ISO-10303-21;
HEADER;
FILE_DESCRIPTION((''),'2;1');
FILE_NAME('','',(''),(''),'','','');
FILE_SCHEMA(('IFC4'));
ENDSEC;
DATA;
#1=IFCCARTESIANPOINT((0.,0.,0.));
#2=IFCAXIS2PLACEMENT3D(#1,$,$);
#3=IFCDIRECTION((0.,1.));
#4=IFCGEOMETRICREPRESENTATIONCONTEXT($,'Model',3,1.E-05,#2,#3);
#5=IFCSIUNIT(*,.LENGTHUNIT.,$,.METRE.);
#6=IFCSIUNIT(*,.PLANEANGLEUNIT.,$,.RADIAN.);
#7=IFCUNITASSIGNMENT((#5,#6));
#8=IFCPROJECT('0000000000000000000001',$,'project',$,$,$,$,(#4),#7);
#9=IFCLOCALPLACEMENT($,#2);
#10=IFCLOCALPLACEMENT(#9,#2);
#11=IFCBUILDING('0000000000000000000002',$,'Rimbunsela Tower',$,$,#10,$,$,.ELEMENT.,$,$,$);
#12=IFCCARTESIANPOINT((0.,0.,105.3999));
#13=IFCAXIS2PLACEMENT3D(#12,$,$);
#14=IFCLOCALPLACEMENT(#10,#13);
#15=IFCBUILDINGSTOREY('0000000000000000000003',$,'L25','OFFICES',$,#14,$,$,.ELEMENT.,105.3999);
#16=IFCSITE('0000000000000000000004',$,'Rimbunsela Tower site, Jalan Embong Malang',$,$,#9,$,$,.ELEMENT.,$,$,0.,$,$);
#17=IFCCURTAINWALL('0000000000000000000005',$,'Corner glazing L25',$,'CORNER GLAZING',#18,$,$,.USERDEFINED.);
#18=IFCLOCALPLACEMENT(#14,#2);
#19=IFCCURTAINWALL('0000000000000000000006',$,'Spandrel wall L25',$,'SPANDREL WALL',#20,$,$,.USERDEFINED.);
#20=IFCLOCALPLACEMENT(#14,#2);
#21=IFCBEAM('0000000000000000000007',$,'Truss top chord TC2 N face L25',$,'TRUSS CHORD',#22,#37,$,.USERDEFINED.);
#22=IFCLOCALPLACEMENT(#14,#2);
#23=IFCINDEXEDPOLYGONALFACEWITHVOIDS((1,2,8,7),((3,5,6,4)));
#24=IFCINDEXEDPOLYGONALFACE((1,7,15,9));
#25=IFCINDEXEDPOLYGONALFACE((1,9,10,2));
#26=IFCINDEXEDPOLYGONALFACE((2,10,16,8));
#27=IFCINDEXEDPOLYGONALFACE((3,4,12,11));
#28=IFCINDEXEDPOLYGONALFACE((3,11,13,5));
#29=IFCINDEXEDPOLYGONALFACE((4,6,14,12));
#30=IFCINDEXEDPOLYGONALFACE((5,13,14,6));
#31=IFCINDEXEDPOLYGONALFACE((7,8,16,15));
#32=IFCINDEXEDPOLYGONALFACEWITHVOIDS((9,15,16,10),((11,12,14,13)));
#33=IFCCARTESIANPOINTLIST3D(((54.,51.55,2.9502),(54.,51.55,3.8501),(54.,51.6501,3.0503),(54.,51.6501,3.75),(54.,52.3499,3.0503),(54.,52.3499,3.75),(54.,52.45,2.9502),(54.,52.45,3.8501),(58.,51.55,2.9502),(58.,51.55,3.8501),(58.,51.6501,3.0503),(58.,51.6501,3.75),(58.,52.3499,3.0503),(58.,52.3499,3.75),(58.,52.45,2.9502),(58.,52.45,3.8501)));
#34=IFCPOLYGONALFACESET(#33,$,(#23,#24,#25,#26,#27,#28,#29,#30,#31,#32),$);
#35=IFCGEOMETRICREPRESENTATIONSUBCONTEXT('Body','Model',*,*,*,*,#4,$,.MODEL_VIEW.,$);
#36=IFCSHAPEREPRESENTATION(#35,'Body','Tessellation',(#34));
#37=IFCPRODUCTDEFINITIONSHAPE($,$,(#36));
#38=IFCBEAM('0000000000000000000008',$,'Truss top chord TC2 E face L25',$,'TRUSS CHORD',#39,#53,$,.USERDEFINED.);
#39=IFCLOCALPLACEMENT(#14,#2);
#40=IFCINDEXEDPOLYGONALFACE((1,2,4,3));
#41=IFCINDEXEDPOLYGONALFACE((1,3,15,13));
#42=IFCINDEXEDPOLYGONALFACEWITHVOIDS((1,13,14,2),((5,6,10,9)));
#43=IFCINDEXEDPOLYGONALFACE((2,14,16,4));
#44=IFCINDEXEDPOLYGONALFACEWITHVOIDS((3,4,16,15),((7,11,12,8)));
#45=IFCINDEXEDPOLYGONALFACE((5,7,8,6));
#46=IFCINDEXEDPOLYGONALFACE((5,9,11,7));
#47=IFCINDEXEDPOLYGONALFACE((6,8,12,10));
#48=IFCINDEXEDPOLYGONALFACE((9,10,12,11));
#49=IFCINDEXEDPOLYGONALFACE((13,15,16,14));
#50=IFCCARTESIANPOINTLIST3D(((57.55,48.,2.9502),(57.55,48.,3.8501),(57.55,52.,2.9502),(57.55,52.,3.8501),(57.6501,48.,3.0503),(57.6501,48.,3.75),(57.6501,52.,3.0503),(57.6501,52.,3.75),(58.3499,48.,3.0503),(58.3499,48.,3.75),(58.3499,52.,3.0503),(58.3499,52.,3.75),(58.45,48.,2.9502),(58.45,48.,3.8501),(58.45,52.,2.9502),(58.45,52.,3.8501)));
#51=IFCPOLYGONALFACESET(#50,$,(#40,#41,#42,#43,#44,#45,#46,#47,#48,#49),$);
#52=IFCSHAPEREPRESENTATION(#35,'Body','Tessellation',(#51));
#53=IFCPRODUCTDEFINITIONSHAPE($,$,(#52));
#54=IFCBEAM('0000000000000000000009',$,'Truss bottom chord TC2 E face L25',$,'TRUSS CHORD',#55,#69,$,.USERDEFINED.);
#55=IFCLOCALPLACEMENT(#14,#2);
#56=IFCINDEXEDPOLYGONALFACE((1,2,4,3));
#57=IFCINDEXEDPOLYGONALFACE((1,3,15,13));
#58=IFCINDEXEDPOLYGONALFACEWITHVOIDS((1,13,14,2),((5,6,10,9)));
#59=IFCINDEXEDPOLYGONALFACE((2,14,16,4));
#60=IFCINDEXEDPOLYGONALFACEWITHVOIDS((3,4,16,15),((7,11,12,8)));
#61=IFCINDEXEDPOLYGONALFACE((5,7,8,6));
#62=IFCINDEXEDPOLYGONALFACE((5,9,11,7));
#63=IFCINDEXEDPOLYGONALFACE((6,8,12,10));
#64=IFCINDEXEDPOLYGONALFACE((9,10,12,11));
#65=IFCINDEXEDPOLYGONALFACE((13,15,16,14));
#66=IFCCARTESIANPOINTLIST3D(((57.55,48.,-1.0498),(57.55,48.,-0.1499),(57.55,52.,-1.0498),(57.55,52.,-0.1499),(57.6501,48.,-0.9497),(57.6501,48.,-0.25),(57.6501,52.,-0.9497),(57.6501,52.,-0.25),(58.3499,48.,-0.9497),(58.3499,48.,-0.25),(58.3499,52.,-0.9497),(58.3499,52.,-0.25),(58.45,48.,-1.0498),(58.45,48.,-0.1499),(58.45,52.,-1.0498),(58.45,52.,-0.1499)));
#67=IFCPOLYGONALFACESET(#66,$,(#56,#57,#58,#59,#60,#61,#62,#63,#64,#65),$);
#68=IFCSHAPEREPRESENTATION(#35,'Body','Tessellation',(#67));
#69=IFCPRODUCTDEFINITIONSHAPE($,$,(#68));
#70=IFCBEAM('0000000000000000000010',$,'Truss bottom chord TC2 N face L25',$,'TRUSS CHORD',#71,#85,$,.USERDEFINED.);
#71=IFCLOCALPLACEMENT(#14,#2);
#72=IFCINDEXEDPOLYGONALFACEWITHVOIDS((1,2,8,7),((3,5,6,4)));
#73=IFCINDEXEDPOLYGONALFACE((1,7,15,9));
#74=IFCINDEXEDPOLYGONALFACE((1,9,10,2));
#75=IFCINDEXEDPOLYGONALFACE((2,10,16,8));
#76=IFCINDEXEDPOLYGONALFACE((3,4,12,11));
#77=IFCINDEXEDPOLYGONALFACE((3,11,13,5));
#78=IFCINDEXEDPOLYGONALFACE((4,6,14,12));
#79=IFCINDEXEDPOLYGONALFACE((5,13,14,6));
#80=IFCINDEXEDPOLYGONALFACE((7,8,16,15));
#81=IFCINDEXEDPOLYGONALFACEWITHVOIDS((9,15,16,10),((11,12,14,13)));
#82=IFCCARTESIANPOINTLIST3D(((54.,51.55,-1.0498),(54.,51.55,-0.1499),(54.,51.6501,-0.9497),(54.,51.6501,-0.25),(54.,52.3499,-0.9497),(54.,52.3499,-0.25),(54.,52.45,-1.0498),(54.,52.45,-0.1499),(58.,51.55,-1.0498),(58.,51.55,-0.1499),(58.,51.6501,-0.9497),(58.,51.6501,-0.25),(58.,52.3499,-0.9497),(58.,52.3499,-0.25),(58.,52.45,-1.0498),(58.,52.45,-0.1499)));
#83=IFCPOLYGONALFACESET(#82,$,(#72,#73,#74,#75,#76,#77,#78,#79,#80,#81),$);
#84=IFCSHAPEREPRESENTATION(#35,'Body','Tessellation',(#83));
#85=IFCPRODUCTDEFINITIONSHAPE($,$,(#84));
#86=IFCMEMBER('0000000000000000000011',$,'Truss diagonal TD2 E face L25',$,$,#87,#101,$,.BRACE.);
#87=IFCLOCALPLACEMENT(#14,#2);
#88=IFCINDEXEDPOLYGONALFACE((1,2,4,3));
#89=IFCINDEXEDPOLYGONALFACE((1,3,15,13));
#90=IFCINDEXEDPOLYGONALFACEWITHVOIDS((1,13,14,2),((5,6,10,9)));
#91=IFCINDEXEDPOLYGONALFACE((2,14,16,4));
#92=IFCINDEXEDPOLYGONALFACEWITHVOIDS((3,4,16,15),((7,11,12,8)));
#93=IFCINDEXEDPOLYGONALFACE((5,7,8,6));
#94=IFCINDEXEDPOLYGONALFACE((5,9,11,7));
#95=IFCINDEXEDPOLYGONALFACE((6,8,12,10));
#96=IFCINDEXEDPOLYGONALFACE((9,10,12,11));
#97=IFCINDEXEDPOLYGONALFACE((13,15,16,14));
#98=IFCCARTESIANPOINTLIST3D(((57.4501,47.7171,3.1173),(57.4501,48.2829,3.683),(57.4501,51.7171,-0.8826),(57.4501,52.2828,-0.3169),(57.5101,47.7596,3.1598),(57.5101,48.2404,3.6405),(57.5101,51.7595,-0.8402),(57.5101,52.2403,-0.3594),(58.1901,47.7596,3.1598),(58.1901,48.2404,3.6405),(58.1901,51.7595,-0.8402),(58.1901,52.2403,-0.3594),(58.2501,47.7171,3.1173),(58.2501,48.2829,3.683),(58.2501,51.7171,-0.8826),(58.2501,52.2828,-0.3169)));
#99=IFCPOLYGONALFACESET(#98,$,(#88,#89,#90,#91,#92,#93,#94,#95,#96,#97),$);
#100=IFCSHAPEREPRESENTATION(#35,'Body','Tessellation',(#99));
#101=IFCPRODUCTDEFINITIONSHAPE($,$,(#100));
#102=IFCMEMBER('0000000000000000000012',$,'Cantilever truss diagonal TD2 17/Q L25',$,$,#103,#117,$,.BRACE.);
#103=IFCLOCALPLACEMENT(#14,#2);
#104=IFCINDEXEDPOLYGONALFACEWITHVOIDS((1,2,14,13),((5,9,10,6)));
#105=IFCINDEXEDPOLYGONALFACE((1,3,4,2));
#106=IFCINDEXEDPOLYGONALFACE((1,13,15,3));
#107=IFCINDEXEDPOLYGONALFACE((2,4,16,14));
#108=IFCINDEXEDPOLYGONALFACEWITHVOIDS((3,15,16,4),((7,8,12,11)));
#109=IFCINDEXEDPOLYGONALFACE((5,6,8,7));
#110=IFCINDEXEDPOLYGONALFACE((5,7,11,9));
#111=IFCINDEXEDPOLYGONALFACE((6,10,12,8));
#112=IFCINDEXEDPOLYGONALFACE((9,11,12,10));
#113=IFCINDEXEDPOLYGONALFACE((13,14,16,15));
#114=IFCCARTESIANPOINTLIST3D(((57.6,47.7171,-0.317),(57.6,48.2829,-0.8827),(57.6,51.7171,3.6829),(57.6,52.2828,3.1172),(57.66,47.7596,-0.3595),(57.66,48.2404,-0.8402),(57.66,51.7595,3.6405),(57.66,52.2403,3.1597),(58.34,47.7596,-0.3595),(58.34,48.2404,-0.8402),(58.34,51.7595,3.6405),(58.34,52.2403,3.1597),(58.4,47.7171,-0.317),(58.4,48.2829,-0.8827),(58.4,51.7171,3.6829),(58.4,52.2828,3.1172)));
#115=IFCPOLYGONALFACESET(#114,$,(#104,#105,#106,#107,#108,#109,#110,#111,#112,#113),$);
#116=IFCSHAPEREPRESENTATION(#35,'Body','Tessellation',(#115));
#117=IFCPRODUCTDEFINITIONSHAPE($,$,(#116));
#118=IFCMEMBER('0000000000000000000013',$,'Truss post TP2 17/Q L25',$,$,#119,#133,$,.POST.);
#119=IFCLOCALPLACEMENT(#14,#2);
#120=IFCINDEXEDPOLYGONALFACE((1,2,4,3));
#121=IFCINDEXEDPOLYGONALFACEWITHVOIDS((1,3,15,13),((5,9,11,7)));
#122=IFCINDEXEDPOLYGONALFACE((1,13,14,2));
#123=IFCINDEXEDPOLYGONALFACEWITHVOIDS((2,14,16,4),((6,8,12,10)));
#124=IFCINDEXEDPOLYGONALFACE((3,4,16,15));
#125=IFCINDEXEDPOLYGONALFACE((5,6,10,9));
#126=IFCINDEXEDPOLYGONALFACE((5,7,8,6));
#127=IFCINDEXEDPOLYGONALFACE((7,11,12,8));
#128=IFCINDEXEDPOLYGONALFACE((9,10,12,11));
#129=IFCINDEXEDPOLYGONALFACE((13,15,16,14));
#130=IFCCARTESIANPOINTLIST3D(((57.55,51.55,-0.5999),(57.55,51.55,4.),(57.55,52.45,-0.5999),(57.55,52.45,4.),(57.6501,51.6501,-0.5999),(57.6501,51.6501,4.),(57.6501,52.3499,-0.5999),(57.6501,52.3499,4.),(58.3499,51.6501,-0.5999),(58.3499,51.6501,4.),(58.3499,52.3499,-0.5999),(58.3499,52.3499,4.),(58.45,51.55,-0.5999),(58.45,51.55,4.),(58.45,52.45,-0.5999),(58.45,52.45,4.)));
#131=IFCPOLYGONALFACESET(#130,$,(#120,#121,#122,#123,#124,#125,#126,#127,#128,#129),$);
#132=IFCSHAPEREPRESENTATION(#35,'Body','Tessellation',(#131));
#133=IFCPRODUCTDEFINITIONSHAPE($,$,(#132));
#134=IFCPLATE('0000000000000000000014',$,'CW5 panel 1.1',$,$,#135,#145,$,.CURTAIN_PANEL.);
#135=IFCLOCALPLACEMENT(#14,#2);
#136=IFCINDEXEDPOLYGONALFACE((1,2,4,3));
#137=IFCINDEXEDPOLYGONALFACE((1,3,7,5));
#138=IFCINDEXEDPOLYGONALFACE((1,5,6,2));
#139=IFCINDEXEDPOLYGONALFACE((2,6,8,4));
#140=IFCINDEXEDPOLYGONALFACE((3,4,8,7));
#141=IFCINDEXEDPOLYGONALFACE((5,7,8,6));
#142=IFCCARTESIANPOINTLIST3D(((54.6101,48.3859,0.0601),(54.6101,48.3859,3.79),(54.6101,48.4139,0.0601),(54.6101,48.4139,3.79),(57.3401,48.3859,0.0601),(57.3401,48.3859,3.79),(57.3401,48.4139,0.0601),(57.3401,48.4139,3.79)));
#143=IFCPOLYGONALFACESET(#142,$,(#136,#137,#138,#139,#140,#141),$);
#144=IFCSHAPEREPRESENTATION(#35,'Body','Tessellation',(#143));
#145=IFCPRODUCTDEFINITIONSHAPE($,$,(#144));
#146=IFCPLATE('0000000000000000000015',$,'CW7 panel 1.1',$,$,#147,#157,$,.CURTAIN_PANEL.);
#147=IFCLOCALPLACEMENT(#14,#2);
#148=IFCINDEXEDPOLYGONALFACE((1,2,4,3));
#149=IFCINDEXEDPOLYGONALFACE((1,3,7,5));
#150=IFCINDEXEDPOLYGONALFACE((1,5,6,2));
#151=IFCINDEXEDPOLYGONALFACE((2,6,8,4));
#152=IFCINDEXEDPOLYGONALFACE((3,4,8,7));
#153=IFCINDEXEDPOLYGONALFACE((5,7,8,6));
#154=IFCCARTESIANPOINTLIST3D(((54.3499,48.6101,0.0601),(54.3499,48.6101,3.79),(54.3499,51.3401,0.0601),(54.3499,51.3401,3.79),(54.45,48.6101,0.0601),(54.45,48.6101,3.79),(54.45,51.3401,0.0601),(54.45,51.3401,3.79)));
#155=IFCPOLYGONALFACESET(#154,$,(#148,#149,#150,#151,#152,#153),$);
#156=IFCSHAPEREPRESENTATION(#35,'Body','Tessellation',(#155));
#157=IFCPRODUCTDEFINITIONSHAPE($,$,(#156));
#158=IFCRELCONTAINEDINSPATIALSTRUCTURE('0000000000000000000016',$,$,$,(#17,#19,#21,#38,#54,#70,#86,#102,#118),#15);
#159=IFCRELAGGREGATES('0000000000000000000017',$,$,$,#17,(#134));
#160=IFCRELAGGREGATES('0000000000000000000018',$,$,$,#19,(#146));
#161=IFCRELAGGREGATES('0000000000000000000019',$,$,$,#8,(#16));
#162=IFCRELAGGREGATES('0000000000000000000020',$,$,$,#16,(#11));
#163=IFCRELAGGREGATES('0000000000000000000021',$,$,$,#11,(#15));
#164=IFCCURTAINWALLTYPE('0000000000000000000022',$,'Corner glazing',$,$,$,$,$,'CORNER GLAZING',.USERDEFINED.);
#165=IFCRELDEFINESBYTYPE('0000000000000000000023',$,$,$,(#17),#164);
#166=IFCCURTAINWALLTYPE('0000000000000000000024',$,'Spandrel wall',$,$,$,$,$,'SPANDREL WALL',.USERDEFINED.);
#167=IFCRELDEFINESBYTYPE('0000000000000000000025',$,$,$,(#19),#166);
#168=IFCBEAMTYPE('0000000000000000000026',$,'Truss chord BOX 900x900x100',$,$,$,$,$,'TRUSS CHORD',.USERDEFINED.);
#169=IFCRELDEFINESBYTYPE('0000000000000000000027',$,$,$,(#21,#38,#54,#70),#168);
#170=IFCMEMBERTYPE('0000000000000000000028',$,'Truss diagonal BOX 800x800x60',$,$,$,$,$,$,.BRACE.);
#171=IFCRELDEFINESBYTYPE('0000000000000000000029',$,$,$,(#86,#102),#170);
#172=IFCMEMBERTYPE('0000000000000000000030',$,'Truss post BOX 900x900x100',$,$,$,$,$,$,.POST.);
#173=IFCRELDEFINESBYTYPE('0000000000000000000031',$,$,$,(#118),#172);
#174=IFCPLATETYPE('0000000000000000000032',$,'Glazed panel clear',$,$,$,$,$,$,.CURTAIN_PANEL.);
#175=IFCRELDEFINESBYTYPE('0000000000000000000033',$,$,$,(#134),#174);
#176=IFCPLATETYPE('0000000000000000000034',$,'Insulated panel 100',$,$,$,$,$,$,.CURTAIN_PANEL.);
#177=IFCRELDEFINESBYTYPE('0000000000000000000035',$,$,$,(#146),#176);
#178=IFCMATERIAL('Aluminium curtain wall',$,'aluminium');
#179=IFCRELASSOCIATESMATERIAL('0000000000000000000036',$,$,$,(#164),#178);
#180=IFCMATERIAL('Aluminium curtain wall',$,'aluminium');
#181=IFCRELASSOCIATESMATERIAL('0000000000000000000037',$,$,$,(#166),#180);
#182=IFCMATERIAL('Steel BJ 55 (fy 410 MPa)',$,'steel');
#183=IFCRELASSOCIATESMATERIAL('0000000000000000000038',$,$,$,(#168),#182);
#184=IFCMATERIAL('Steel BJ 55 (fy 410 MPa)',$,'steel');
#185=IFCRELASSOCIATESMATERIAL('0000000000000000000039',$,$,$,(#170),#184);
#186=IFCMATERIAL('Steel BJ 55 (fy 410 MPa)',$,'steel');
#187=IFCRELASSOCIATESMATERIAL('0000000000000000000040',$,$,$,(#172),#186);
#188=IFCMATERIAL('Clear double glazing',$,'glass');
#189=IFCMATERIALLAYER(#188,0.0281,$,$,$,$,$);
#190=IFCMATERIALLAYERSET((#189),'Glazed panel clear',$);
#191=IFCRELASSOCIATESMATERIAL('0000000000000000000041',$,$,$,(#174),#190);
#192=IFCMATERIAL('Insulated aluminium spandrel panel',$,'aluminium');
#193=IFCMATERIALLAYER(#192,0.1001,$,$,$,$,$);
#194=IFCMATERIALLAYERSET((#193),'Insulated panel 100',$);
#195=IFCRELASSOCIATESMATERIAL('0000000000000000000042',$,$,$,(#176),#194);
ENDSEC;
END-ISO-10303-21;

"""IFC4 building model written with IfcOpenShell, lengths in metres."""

from ifc_helpers import new_model, si_unit, direction, frame, origin, origin_2d, place, context, subcontext, project, spatial, rectangle, hollow_rectangle, extrude, material, layer, layer_set, material_profile, profile_set, type_object, element, aggregate, save


model = new_model("IFC4")

# Units and contexts
model_context = context("Model", 3, precision=1e-05, world=origin(), true_north=direction((0.0, 1.0)))
body_context = subcontext(model_context, "Body", "Model", "MODEL_VIEW")
ifc_project = project(units=[si_unit("LENGTHUNIT", "METRE"), si_unit("PLANEANGLEUNIT", "RADIAN")], contexts=[model_context])

# Site, building, storey
site_placement = place(None, origin())
site = spatial("IfcSite", under=ifc_project, at=site_placement, Name="Rimbunsela Tower site, Jalan Embong Malang", CompositionType="ELEMENT", RefElevation=0.0)
building_placement = place(site_placement, origin())
building = spatial("IfcBuilding", under=site, at=building_placement, Name="Rimbunsela Tower", CompositionType="ELEMENT")
storey_placement = place(building_placement, frame((0.0, 0.0, 105.3999)))
storey = spatial("IfcBuildingStorey", under=building, at=storey_placement, Name="L25", Description="OFFICES", CompositionType="ELEMENT", Elevation=105.3999)

# Curtain walls
ifc_material_1 = material(Name="Aluminium curtain wall", Category="aluminium")
curtain_wall_type_1 = type_object("IfcCurtainWallType", Name="Corner glazing", ElementType="CORNER GLAZING", PredefinedType="USERDEFINED", material=ifc_material_1)
curtain_wall_1_placement = place(storey_placement, origin())
curtain_wall_1 = element("IfcCurtainWall", 1, at=curtain_wall_1_placement, inside=storey, type_object=curtain_wall_type_1, Name="Corner glazing L25", ObjectType="CORNER GLAZING", PredefinedType="USERDEFINED")
ifc_material_2 = material(Name="Aluminium curtain wall", Category="aluminium")
curtain_wall_type_2 = type_object("IfcCurtainWallType", Name="Spandrel wall", ElementType="SPANDREL WALL", PredefinedType="USERDEFINED", material=ifc_material_2)
curtain_wall_2_placement = place(storey_placement, origin())
curtain_wall_2 = element("IfcCurtainWall", 2, at=curtain_wall_2_placement, inside=storey, type_object=curtain_wall_type_2, Name="Spandrel wall L25", ObjectType="SPANDREL WALL", PredefinedType="USERDEFINED")

# Beams
ifc_material_3 = material(Name="Steel BJ 55 (fy 410 MPa)", Category="steel")
ifc_material_profile_1 = material_profile(ifc_material_3, hollow_rectangle(XDim=0.8999, YDim=0.8999, WallThickness=0.1001, at=origin_2d()), Name="BOX 900x900x100")
ifc_profile_set_1 = profile_set([ifc_material_profile_1], Name="Steel BJ 55 (fy 410 MPa)")
beam_type = type_object("IfcBeamType", Name="Truss chord BOX 900x900x100", ElementType="TRUSS CHORD", PredefinedType="USERDEFINED", material=ifc_profile_set_1)
for number, where, z_axis, x_axis, name in (
    (3, (54.0, 52.0, 3.4001), (1.0, 0.0, 0.0), (0.0, 1.0, 0.0), "Truss top chord TC2 N face L25"),
    (4, (58.0, 48.0, 3.4001), (0.0, 1.0, 0.0), (-1.0, 0.0, 0.0), "Truss top chord TC2 E face L25"),
    (5, (58.0, 48.0, -0.5999), (0.0, 1.0, 0.0), (-1.0, 0.0, 0.0), "Truss bottom chord TC2 E face L25"),
    (6, (54.0, 52.0, -0.5999), (1.0, 0.0, 0.0), (0.0, 1.0, 0.0), "Truss bottom chord TC2 N face L25"),
):
    element("IfcBeam", number, at=place(storey_placement, frame(where, z_axis=z_axis, x_axis=x_axis)), inside=storey, type_object=beam_type, Name=name, ObjectType="TRUSS CHORD", PredefinedType="USERDEFINED", context=body_context, shape_type="SweptSolid", body=[
        extrude(hollow_rectangle(XDim=0.8999, YDim=0.8999, WallThickness=0.1001, at=origin_2d()), origin(), (0.0, 0.0, 1.0), 4.0),
    ])

# Members
ifc_material_4 = material(Name="Steel BJ 55 (fy 410 MPa)", Category="steel")
ifc_material_profile_2 = material_profile(ifc_material_4, hollow_rectangle(XDim=0.8, YDim=0.8, WallThickness=0.0601, at=origin_2d()), Name="BOX 800x800x60")
ifc_profile_set_2 = profile_set([ifc_material_profile_2], Name="Steel BJ 55 (fy 410 MPa)")
member_type_1 = type_object("IfcMemberType", Name="Truss diagonal BOX 800x800x60", PredefinedType="BRACE", material=ifc_profile_set_2)
for number, where, z_axis, x_axis, name in (
    (7, (57.8501, 48.0, 3.4001), (0.0, 0.707107, -0.707107), (-1.0, 0.0, 0.0), "Truss diagonal TD2 E face L25"),
    (8, (58.0, 48.0, -0.5999), (0.0, 0.707107, 0.707107), (-1.0, 0.0, 0.0), "Cantilever truss diagonal TD2 17/Q L25"),
):
    element("IfcMember", number, at=place(storey_placement, frame(where, z_axis=z_axis, x_axis=x_axis)), inside=storey, type_object=member_type_1, Name=name, PredefinedType="BRACE", context=body_context, shape_type="SweptSolid", body=[
        extrude(hollow_rectangle(XDim=0.8, YDim=0.8, WallThickness=0.0601, at=origin_2d()), origin(), (0.0, 0.0, 1.0), 5.6567),
    ])
ifc_material_5 = material(Name="Steel BJ 55 (fy 410 MPa)", Category="steel")
ifc_material_profile_3 = material_profile(ifc_material_5, hollow_rectangle(XDim=0.8999, YDim=0.8999, WallThickness=0.1001, at=origin_2d()), Name="BOX 900x900x100")
ifc_profile_set_3 = profile_set([ifc_material_profile_3], Name="Steel BJ 55 (fy 410 MPa)")
member_type_2 = type_object("IfcMemberType", Name="Truss post BOX 900x900x100", PredefinedType="POST", material=ifc_profile_set_3)
member_1_placement = place(storey_placement, frame((58.0, 52.0, -0.5999), z_axis=(0.0, 0.0, 1.0), x_axis=(1.0, 0.0, 0.0)))
element("IfcMember", 9, at=member_1_placement, inside=storey, type_object=member_type_2, Name="Truss post TP2 17/Q L25", PredefinedType="POST", context=body_context, shape_type="SweptSolid", body=[
    extrude(hollow_rectangle(XDim=0.8999, YDim=0.8999, WallThickness=0.1001, at=origin_2d()), origin(), (0.0, 0.0, 1.0), 4.5999),
])

# Plates
ifc_material_6 = material(Name="Clear double glazing", Category="glass")
ifc_layer_1 = layer(ifc_material_6, 0.0281)
ifc_layer_set_1 = layer_set([ifc_layer_1], Name="Glazed panel clear")
plate_type_1 = type_object("IfcPlateType", Name="Glazed panel clear", PredefinedType="CURTAIN_PANEL", material=ifc_layer_set_1)
plate_1_placement = place(storey_placement, frame((55.9751, 48.3999, 0.0601), z_axis=(0.0, 0.0, 1.0), x_axis=(-1.0, 0.0, 0.0)))
plate_1 = element("IfcPlate", 10, at=plate_1_placement, type_object=plate_type_1, Name="CW5 panel 1.1", PredefinedType="CURTAIN_PANEL", context=body_context, shape_type="SweptSolid", body=[
    extrude(rectangle(XDim=2.73, YDim=0.0281, at=origin_2d()), origin(), (0.0, 0.0, 1.0), 3.73),
])
aggregate(curtain_wall_1, [plate_1])
ifc_material_7 = material(Name="Insulated aluminium spandrel panel", Category="aluminium")
ifc_layer_2 = layer(ifc_material_7, 0.1001)
ifc_layer_set_2 = layer_set([ifc_layer_2], Name="Insulated panel 100")
plate_type_2 = type_object("IfcPlateType", Name="Insulated panel 100", PredefinedType="CURTAIN_PANEL", material=ifc_layer_set_2)
plate_2_placement = place(storey_placement, frame((54.3999, 49.9751, 0.0601), z_axis=(0.0, 0.0, 1.0), x_axis=(0.0, 1.0, 0.0)))
plate_2 = element("IfcPlate", 11, at=plate_2_placement, type_object=plate_type_2, Name="CW7 panel 1.1", PredefinedType="CURTAIN_PANEL", context=body_context, shape_type="SweptSolid", body=[
    extrude(rectangle(XDim=2.73, YDim=0.1001, at=origin_2d()), origin(), (0.0, 0.0, 1.0), 3.73),
])
aggregate(curtain_wall_2, [plate_2])

save(model, "model.ifc")
